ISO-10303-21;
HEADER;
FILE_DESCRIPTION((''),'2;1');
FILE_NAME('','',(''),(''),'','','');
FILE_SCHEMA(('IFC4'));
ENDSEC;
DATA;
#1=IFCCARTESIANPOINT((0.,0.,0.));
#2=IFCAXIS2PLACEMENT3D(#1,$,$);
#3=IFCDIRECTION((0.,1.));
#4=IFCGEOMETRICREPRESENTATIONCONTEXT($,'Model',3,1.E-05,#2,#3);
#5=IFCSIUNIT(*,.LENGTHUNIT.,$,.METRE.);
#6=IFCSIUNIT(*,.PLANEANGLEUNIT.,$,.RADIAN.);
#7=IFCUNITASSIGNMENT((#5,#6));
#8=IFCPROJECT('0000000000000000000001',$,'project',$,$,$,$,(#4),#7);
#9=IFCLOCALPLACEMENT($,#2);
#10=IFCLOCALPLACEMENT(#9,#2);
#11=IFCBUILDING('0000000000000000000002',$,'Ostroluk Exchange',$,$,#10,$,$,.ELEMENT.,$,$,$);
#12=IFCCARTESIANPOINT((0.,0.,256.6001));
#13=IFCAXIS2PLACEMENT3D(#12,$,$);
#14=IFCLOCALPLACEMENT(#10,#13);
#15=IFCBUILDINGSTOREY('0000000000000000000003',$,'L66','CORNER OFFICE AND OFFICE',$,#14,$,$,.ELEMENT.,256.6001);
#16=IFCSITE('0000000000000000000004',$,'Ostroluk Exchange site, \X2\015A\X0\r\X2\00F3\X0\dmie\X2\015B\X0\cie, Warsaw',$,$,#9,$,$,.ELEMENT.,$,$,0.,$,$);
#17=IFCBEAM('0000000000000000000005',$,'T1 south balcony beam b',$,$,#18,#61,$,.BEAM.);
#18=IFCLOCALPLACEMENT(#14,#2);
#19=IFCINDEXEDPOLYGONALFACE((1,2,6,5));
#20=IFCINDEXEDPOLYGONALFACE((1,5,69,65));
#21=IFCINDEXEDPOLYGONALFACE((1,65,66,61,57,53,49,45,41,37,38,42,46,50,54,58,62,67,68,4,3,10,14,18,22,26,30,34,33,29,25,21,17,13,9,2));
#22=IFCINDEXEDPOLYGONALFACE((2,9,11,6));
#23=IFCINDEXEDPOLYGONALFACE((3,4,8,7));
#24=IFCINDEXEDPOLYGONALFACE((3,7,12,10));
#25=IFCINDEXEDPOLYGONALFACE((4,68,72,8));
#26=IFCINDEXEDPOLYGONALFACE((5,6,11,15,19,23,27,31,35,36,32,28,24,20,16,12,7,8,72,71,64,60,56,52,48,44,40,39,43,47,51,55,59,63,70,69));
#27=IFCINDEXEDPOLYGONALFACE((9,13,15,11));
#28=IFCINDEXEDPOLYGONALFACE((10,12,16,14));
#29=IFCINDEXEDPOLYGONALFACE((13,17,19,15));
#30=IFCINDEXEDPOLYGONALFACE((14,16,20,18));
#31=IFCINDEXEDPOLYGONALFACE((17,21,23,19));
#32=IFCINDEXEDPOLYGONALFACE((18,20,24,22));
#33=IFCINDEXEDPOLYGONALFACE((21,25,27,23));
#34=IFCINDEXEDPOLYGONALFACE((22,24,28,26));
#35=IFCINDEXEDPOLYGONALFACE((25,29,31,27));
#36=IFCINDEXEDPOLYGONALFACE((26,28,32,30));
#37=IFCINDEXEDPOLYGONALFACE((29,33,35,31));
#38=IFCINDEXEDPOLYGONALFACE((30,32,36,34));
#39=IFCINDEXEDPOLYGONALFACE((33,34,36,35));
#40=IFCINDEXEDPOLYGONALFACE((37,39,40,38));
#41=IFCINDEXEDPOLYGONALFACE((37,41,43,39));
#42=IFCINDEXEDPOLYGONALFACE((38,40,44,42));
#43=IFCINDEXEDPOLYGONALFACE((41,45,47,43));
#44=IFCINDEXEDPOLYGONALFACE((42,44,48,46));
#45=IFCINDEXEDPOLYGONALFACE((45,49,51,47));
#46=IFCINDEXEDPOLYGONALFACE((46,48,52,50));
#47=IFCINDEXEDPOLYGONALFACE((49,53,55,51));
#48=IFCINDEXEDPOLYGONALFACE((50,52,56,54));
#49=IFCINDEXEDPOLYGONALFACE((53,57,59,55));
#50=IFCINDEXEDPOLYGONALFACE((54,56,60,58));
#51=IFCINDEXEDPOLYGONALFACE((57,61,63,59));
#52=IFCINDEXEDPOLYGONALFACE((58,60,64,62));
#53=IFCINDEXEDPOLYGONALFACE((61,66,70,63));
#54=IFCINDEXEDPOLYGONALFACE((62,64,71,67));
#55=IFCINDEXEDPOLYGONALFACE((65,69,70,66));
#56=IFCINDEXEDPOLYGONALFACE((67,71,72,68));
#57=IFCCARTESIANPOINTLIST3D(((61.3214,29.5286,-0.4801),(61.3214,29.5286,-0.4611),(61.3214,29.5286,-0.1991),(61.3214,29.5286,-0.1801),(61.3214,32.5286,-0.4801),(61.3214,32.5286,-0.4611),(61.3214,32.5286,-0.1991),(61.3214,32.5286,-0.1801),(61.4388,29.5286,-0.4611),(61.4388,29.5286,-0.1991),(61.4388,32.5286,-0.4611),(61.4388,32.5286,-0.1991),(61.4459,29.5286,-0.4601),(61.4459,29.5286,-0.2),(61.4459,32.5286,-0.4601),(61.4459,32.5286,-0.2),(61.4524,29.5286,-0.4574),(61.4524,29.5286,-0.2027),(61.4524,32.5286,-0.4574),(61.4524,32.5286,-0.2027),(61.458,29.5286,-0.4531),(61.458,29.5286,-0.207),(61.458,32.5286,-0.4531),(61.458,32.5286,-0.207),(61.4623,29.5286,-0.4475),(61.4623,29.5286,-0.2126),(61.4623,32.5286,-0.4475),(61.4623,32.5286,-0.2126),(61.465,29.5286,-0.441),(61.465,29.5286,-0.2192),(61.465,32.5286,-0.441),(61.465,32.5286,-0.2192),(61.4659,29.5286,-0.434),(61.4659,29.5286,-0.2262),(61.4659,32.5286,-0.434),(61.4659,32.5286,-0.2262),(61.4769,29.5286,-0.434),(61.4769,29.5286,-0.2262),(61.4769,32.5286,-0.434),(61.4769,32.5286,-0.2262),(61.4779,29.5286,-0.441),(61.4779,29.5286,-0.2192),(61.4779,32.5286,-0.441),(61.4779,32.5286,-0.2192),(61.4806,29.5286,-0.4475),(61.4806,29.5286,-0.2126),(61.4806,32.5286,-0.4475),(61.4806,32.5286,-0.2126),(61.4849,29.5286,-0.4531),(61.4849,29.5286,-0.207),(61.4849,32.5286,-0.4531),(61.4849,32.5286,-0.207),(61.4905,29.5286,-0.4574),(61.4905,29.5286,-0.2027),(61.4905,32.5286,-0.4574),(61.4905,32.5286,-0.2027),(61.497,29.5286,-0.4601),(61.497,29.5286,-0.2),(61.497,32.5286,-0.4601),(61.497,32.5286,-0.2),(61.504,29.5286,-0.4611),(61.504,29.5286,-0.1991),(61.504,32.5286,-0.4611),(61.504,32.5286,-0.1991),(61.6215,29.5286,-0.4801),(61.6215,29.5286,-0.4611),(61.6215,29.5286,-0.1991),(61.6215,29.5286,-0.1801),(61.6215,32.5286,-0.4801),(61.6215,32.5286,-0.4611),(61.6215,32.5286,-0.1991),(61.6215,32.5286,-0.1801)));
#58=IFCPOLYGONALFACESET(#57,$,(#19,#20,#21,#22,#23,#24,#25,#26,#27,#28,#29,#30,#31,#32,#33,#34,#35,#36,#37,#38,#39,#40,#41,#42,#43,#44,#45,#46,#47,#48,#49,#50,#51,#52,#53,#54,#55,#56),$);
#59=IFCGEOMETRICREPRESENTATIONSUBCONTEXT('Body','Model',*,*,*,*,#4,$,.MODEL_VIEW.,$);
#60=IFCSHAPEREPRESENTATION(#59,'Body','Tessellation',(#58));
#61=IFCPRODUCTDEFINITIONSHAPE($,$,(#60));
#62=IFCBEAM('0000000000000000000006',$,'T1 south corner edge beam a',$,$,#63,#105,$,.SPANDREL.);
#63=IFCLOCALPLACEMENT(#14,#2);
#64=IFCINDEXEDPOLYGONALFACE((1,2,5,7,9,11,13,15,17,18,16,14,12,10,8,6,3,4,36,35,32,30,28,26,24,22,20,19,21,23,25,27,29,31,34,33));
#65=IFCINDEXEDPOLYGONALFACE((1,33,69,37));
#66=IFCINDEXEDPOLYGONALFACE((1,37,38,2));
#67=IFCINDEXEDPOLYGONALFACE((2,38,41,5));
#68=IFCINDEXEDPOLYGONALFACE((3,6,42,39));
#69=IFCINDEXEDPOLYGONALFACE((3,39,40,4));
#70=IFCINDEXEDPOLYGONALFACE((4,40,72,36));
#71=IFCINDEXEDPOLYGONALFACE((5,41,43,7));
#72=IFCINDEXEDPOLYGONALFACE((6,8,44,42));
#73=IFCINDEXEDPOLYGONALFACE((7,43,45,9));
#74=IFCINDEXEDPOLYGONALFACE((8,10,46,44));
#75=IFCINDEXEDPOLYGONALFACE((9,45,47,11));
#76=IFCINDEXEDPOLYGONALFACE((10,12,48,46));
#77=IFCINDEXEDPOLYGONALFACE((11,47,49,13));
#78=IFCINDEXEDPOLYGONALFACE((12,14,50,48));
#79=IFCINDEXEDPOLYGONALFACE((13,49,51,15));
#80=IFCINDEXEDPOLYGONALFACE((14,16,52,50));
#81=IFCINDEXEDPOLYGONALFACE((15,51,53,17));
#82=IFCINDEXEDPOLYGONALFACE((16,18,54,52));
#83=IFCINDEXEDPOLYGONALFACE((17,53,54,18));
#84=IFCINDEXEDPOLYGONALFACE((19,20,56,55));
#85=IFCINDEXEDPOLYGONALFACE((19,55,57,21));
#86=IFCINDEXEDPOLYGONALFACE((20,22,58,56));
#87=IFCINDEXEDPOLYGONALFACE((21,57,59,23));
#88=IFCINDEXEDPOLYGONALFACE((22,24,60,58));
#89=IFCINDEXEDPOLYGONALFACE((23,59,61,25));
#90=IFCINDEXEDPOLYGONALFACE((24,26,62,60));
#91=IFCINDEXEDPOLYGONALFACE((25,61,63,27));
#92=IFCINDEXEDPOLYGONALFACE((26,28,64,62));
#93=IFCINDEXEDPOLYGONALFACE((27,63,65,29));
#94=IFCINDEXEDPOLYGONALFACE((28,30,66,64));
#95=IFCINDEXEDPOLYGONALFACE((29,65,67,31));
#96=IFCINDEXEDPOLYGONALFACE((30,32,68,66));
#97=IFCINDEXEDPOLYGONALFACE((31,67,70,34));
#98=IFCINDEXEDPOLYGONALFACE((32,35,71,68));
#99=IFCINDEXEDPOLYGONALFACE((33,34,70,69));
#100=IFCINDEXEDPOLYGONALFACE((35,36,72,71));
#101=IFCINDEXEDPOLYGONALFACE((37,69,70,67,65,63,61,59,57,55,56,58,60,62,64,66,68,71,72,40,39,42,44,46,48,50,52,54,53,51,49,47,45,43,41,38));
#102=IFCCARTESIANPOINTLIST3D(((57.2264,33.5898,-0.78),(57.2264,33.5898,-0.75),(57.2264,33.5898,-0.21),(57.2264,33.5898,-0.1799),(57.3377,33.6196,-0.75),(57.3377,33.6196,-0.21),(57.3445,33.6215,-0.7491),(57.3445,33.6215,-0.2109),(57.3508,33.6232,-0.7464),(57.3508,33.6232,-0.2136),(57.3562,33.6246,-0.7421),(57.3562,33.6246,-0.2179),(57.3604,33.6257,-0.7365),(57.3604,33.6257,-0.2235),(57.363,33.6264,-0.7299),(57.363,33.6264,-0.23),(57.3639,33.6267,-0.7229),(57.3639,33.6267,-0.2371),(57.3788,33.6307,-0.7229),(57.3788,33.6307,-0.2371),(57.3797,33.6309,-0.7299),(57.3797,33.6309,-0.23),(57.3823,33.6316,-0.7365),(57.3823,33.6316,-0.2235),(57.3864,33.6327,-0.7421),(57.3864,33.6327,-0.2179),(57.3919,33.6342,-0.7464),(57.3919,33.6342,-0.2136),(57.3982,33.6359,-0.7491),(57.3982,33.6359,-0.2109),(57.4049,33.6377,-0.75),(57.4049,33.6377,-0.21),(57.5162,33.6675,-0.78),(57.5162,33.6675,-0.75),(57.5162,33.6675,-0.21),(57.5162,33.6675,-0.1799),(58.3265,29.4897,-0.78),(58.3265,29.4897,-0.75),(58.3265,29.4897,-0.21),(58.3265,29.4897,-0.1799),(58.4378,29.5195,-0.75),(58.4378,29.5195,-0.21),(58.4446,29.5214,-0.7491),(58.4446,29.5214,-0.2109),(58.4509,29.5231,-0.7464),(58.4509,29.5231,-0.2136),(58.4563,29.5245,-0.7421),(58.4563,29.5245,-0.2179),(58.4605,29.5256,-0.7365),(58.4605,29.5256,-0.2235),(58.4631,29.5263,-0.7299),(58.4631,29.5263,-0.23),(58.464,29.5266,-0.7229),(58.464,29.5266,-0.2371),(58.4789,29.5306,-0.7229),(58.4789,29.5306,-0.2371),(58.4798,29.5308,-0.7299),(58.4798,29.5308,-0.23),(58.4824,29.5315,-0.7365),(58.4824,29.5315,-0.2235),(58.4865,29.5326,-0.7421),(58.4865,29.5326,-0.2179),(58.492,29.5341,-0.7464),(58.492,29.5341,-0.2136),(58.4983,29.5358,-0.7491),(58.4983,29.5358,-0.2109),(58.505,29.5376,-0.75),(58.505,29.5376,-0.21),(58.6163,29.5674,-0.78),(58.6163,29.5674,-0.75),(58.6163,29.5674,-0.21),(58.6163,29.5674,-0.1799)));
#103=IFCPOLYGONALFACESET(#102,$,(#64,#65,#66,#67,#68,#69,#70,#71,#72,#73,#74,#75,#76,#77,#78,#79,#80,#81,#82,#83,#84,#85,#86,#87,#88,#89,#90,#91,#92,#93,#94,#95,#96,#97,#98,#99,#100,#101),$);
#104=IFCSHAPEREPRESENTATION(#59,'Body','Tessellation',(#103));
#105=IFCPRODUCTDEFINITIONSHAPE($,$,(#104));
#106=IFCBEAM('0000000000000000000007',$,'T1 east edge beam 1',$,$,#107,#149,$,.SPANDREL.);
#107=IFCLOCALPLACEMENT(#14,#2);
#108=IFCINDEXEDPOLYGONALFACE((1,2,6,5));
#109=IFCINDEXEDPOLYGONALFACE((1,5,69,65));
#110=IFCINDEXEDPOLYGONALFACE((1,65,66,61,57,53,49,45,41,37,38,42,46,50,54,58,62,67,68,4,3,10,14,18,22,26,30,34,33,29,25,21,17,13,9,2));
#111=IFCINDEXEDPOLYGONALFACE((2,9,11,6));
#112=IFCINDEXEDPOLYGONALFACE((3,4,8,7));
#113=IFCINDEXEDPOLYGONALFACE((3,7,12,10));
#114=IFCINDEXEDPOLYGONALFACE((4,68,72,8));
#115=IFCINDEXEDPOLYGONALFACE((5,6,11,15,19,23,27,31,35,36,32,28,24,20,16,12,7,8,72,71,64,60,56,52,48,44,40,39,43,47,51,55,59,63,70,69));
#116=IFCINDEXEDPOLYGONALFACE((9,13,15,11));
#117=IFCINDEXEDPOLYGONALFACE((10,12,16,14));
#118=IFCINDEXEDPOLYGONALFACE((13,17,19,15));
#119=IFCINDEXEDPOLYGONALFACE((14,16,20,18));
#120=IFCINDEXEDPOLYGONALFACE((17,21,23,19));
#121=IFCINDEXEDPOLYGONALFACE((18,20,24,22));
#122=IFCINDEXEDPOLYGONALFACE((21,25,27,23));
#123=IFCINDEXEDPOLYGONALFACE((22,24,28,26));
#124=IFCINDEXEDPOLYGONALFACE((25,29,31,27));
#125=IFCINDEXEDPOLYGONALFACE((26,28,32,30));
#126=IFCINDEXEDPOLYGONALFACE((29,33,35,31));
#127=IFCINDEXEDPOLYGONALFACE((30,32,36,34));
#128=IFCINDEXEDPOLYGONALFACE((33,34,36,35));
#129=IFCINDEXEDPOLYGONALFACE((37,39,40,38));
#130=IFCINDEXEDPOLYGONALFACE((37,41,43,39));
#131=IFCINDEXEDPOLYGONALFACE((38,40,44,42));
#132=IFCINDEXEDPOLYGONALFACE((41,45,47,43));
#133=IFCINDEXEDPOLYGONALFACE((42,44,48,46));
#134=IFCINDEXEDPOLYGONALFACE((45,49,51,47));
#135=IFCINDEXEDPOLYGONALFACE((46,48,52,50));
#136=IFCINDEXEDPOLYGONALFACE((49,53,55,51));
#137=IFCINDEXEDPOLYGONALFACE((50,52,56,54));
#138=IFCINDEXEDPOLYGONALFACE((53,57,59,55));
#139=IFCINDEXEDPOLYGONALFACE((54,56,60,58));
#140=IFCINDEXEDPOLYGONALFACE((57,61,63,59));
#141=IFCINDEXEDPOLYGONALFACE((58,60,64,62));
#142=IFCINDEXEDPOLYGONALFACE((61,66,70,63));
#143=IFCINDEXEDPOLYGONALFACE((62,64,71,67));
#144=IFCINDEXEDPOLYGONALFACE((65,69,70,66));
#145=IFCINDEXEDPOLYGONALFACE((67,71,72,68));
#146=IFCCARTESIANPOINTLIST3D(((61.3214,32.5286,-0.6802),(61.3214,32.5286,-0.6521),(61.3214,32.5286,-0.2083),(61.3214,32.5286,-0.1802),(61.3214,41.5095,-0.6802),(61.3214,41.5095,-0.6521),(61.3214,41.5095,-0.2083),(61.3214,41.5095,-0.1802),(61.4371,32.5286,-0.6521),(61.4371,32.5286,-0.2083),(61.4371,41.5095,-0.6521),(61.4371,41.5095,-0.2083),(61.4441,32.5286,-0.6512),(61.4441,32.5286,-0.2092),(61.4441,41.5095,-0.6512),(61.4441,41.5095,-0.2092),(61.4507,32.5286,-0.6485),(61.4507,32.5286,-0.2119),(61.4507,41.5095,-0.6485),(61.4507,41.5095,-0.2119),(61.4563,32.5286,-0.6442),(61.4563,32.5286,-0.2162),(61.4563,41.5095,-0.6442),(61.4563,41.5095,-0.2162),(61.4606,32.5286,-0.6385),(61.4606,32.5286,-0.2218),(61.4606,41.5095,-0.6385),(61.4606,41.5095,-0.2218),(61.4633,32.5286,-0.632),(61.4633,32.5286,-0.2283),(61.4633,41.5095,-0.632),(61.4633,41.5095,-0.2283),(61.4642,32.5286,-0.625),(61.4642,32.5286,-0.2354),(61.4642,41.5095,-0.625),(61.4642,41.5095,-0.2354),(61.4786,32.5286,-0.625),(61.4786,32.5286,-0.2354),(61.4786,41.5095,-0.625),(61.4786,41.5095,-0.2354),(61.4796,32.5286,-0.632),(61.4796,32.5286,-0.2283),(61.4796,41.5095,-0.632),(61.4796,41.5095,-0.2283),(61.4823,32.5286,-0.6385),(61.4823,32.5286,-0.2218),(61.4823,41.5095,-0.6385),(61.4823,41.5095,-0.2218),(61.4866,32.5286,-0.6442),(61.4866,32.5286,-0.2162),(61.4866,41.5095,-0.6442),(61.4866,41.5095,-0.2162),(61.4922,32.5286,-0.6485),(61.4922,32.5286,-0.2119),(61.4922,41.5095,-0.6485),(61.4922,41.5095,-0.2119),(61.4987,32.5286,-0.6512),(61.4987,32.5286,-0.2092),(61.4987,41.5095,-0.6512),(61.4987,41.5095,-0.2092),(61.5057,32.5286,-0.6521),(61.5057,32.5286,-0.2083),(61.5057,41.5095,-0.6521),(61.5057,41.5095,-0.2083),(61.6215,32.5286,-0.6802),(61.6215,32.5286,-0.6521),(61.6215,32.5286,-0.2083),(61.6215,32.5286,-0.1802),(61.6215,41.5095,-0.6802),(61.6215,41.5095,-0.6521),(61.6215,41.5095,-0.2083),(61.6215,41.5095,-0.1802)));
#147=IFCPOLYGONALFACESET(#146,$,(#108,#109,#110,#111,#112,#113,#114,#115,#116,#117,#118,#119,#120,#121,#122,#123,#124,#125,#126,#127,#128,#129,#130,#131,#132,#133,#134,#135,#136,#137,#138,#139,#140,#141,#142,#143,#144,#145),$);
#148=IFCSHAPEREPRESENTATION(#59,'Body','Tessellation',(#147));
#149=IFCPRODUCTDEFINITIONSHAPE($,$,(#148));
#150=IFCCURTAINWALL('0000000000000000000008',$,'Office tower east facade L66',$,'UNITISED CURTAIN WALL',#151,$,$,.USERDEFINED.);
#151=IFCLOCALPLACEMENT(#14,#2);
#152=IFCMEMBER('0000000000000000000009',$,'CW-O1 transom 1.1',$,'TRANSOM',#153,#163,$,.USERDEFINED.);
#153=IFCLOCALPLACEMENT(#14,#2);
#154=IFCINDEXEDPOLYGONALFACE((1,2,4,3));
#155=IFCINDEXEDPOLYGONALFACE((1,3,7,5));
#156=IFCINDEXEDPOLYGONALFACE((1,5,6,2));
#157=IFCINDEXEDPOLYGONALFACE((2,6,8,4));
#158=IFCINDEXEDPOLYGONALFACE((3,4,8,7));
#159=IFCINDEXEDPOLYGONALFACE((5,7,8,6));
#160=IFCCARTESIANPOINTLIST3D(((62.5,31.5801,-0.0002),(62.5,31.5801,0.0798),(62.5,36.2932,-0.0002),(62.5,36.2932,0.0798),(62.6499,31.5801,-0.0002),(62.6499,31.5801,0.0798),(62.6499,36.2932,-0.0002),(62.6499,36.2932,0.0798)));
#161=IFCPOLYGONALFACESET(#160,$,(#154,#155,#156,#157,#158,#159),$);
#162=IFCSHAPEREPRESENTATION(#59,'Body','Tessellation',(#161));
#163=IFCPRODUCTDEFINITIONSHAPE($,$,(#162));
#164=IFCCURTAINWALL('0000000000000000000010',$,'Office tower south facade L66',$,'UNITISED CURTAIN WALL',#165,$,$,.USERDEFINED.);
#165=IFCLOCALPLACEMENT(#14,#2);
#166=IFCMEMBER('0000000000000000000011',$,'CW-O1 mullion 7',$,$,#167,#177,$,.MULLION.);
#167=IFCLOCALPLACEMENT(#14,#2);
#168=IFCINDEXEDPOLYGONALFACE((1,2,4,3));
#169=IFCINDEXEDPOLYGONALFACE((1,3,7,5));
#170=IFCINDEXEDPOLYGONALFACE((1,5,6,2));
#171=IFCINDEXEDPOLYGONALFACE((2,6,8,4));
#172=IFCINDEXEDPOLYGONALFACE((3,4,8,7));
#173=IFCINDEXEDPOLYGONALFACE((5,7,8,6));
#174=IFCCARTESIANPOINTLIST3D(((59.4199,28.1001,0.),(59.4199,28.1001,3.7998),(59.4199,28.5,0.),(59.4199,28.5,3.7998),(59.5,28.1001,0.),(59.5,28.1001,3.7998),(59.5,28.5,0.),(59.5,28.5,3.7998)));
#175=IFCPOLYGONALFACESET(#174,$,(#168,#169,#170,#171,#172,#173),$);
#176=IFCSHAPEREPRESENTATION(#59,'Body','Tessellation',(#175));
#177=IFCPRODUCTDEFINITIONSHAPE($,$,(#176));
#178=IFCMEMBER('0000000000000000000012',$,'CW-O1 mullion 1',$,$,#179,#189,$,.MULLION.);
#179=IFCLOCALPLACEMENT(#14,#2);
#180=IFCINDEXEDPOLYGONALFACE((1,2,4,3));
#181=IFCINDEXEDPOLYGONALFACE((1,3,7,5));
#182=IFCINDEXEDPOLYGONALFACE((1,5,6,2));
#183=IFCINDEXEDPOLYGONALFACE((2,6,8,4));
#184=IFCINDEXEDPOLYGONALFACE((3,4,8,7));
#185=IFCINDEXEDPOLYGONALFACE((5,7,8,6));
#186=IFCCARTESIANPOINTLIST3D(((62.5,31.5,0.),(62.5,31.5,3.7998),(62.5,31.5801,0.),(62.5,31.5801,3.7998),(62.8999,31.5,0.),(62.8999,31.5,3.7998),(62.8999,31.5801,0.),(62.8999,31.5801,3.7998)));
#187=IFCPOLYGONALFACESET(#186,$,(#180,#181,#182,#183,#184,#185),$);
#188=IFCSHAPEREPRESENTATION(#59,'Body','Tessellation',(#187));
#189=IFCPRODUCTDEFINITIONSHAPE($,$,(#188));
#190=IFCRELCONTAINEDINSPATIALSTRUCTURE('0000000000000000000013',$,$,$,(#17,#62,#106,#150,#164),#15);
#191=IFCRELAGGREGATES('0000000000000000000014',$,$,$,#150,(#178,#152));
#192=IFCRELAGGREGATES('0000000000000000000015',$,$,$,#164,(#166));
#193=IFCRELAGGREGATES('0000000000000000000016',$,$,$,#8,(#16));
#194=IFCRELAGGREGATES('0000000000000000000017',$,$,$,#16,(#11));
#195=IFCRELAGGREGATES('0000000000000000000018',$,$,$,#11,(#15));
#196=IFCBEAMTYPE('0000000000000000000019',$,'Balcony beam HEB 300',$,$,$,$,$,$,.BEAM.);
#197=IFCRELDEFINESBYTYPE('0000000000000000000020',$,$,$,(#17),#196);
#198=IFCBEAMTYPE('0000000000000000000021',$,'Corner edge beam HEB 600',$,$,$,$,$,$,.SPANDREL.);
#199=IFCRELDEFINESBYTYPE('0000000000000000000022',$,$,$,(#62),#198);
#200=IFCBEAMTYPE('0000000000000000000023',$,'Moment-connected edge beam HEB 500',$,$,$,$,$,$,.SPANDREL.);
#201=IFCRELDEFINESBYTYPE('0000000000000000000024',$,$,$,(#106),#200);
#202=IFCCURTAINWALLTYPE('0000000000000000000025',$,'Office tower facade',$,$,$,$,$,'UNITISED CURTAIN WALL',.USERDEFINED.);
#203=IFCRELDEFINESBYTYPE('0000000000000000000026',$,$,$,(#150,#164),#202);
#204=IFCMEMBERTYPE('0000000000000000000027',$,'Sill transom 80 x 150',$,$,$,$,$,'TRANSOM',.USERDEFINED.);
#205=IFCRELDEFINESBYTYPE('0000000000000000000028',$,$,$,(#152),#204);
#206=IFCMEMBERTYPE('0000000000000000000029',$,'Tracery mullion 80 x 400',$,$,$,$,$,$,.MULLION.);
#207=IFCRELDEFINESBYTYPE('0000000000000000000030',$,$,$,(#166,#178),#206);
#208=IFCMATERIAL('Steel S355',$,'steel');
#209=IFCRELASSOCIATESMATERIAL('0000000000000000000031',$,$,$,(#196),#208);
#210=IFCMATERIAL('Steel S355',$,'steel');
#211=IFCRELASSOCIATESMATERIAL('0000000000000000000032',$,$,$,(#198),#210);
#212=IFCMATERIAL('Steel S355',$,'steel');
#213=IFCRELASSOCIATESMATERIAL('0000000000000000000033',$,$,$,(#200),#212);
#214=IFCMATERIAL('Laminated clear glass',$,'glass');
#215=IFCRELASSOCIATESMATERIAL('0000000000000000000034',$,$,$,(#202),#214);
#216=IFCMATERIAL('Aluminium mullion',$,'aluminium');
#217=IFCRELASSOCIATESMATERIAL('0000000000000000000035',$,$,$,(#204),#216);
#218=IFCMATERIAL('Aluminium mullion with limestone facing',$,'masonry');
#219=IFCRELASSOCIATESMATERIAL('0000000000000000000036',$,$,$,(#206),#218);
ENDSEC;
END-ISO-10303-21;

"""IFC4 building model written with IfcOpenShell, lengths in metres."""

from ifc_helpers import new_model, si_unit, direction, frame, origin, origin_2d, place, context, subcontext, project, spatial, rectangle, i_section, extrude, material, material_profile, profile_set, type_object, element, aggregate, save


model = new_model("IFC4")

# Units and contexts
model_context = context("Model", 3, precision=1e-05, world=origin(), true_north=direction((0.0, 1.0)))
body_context = subcontext(model_context, "Body", "Model", "MODEL_VIEW")
ifc_project = project(units=[si_unit("LENGTHUNIT", "METRE"), si_unit("PLANEANGLEUNIT", "RADIAN")], contexts=[model_context])

# Site, building, storey
site_placement = place(None, origin())
site = spatial("IfcSite", under=ifc_project, at=site_placement, Name="Ostroluk Exchange site, Śródmieście, Warsaw", CompositionType="ELEMENT", RefElevation=0.0)
building_placement = place(site_placement, origin())
building = spatial("IfcBuilding", under=site, at=building_placement, Name="Ostroluk Exchange", CompositionType="ELEMENT")
storey_placement = place(building_placement, frame((0.0, 0.0, 256.6001)))
storey = spatial("IfcBuildingStorey", under=building, at=storey_placement, Name="L66", Description="CORNER OFFICE AND OFFICE", CompositionType="ELEMENT", Elevation=256.6001)

# Beams
ifc_material_1 = material(Name="Steel S355", Category="steel")
ifc_material_profile_1 = material_profile(ifc_material_1, i_section(OverallWidth=0.3, OverallDepth=0.3, WebThickness=0.011, FlangeThickness=0.019, FilletRadius=0.0271, at=origin_2d()), Name="HEB 300")
ifc_profile_set_1 = profile_set([ifc_material_profile_1], Name="Steel S355")
beam_type_1 = type_object("IfcBeamType", Name="Balcony beam HEB 300", PredefinedType="BEAM", material=ifc_profile_set_1)
for number, where, z_axis, x_axis, name in (
    (1, (61.4714, 32.5286, -0.3301), (0.0, -1.0, 0.0), (1.0, 0.0, 0.0), "T1 south balcony beam b"),
):
    element("IfcBeam", number, at=place(storey_placement, frame(where, z_axis=z_axis, x_axis=x_axis)), inside=storey, type_object=beam_type_1, Name=name, PredefinedType="BEAM", context=body_context, shape_type="SweptSolid", body=[
        extrude(i_section(OverallWidth=0.3, OverallDepth=0.3, WebThickness=0.011, FlangeThickness=0.019, FilletRadius=0.0271, at=origin_2d()), origin(), (0.0, 0.0, 1.0), 3.0),
    ])
ifc_material_2 = material(Name="Steel S355", Category="steel")
ifc_material_profile_2 = material_profile(ifc_material_2, i_section(OverallWidth=0.3, OverallDepth=0.6001, WebThickness=0.0154, FlangeThickness=0.03, FilletRadius=0.0271, at=origin_2d()), Name="HEB 600")
ifc_profile_set_2 = profile_set([ifc_material_profile_2], Name="Steel S355")
beam_type_2 = type_object("IfcBeamType", Name="Corner edge beam HEB 600", PredefinedType="SPANDREL", material=ifc_profile_set_2)
beam_1_placement = place(storey_placement, frame((57.3713, 33.6287, -0.48), z_axis=(0.259144, -0.965839, 0.0), x_axis=(0.965839, 0.259144, 0.0)))
element("IfcBeam", 2, at=beam_1_placement, inside=storey, type_object=beam_type_2, Name="T1 south corner edge beam a", PredefinedType="SPANDREL", context=body_context, shape_type="SweptSolid", body=[
    extrude(i_section(OverallWidth=0.3, OverallDepth=0.6001, WebThickness=0.0154, FlangeThickness=0.03, FilletRadius=0.0271, at=origin_2d()), origin(), (0.0, 0.0, 1.0), 4.2451),
])
ifc_material_3 = material(Name="Steel S355", Category="steel")
ifc_material_profile_3 = material_profile(ifc_material_3, i_section(OverallWidth=0.3, OverallDepth=0.5, WebThickness=0.0144, FlangeThickness=0.0281, FilletRadius=0.0271, at=origin_2d()), Name="HEB 500")
ifc_profile_set_3 = profile_set([ifc_material_profile_3], Name="Steel S355")
beam_type_3 = type_object("IfcBeamType", Name="Moment-connected edge beam HEB 500", PredefinedType="SPANDREL", material=ifc_profile_set_3)
beam_2_placement = place(storey_placement, frame((61.4714, 32.5286, -0.4302), z_axis=(0.0, 1.0, 0.0), x_axis=(-1.0, 0.0, 0.0)))
element("IfcBeam", 3, at=beam_2_placement, inside=storey, type_object=beam_type_3, Name="T1 east edge beam 1", PredefinedType="SPANDREL", context=body_context, shape_type="SweptSolid", body=[
    extrude(i_section(OverallWidth=0.3, OverallDepth=0.5, WebThickness=0.0144, FlangeThickness=0.0281, FilletRadius=0.0271, at=origin_2d()), origin(), (0.0, 0.0, 1.0), 8.981),
])

# Curtain walls, members
ifc_material_4 = material(Name="Laminated clear glass", Category="glass")
curtain_wall_type = type_object("IfcCurtainWallType", Name="Office tower facade", ElementType="UNITISED CURTAIN WALL", PredefinedType="USERDEFINED", material=ifc_material_4)
curtain_wall_1_placement = place(storey_placement, origin())
curtain_wall_1 = element("IfcCurtainWall", 4, at=curtain_wall_1_placement, inside=storey, type_object=curtain_wall_type, Name="Office tower east facade L66", ObjectType="UNITISED CURTAIN WALL", PredefinedType="USERDEFINED")
ifc_material_5 = material(Name="Aluminium mullion", Category="aluminium")
ifc_material_profile_4 = material_profile(ifc_material_5, rectangle(XDim=0.1499, YDim=0.0801, at=origin_2d()), Name="Sill transom 80 x 150")
ifc_profile_set_4 = profile_set([ifc_material_profile_4], Name="Aluminium mullion")
member_type_1 = type_object("IfcMemberType", Name="Sill transom 80 x 150", ElementType="TRANSOM", PredefinedType="USERDEFINED", material=ifc_profile_set_4)
member_1_placement = place(storey_placement, frame((62.575, 31.5801, 0.0398), z_axis=(0.0, 1.0, 0.0), x_axis=(-1.0, 0.0, 0.0)))
member_1 = element("IfcMember", 5, at=member_1_placement, type_object=member_type_1, Name="CW-O1 transom 1.1", ObjectType="TRANSOM", PredefinedType="USERDEFINED", context=body_context, shape_type="SweptSolid", body=[
    extrude(rectangle(XDim=0.1499, YDim=0.0801, at=origin_2d()), origin(), (0.0, 0.0, 1.0), 4.7131),
])
curtain_wall_2_placement = place(storey_placement, origin())
curtain_wall_2 = element("IfcCurtainWall", 6, at=curtain_wall_2_placement, inside=storey, type_object=curtain_wall_type, Name="Office tower south facade L66", ObjectType="UNITISED CURTAIN WALL", PredefinedType="USERDEFINED")
ifc_material_6 = material(Name="Aluminium mullion with limestone facing", Category="masonry")
ifc_material_profile_5 = material_profile(ifc_material_6, rectangle(XDim=0.3999, YDim=0.0801, at=origin_2d()), Name="Tracery mullion 80 x 400")
ifc_profile_set_5 = profile_set([ifc_material_profile_5], Name="Aluminium mullion with limestone facing")
member_type_2 = type_object("IfcMemberType", Name="Tracery mullion 80 x 400", PredefinedType="MULLION", material=ifc_profile_set_5)
member_2_placement = place(storey_placement, frame((59.46, 28.3, 0.0), z_axis=(0.0, 0.0, 1.0), x_axis=(0.0, 1.0, 0.0)))
member_2 = element("IfcMember", 7, at=member_2_placement, type_object=member_type_2, Name="CW-O1 mullion 7", PredefinedType="MULLION", context=body_context, shape_type="SweptSolid", body=[
    extrude(rectangle(XDim=0.3999, YDim=0.0801, at=origin_2d()), origin(), (0.0, 0.0, 1.0), 3.7998),
])

# Member
member_3_placement = place(storey_placement, frame((62.7, 31.54, 0.0), z_axis=(0.0, 0.0, 1.0), x_axis=(-1.0, 0.0, 0.0)))
member_3 = element("IfcMember", 8, at=member_3_placement, type_object=member_type_2, Name="CW-O1 mullion 1", PredefinedType="MULLION", context=body_context, shape_type="SweptSolid", body=[
    extrude(rectangle(XDim=0.3999, YDim=0.0801, at=origin_2d()), origin(), (0.0, 0.0, 1.0), 3.7998),
])
aggregate(curtain_wall_1, [member_3, member_1])

aggregate(curtain_wall_2, [member_2])

save(model, "model.ifc")
